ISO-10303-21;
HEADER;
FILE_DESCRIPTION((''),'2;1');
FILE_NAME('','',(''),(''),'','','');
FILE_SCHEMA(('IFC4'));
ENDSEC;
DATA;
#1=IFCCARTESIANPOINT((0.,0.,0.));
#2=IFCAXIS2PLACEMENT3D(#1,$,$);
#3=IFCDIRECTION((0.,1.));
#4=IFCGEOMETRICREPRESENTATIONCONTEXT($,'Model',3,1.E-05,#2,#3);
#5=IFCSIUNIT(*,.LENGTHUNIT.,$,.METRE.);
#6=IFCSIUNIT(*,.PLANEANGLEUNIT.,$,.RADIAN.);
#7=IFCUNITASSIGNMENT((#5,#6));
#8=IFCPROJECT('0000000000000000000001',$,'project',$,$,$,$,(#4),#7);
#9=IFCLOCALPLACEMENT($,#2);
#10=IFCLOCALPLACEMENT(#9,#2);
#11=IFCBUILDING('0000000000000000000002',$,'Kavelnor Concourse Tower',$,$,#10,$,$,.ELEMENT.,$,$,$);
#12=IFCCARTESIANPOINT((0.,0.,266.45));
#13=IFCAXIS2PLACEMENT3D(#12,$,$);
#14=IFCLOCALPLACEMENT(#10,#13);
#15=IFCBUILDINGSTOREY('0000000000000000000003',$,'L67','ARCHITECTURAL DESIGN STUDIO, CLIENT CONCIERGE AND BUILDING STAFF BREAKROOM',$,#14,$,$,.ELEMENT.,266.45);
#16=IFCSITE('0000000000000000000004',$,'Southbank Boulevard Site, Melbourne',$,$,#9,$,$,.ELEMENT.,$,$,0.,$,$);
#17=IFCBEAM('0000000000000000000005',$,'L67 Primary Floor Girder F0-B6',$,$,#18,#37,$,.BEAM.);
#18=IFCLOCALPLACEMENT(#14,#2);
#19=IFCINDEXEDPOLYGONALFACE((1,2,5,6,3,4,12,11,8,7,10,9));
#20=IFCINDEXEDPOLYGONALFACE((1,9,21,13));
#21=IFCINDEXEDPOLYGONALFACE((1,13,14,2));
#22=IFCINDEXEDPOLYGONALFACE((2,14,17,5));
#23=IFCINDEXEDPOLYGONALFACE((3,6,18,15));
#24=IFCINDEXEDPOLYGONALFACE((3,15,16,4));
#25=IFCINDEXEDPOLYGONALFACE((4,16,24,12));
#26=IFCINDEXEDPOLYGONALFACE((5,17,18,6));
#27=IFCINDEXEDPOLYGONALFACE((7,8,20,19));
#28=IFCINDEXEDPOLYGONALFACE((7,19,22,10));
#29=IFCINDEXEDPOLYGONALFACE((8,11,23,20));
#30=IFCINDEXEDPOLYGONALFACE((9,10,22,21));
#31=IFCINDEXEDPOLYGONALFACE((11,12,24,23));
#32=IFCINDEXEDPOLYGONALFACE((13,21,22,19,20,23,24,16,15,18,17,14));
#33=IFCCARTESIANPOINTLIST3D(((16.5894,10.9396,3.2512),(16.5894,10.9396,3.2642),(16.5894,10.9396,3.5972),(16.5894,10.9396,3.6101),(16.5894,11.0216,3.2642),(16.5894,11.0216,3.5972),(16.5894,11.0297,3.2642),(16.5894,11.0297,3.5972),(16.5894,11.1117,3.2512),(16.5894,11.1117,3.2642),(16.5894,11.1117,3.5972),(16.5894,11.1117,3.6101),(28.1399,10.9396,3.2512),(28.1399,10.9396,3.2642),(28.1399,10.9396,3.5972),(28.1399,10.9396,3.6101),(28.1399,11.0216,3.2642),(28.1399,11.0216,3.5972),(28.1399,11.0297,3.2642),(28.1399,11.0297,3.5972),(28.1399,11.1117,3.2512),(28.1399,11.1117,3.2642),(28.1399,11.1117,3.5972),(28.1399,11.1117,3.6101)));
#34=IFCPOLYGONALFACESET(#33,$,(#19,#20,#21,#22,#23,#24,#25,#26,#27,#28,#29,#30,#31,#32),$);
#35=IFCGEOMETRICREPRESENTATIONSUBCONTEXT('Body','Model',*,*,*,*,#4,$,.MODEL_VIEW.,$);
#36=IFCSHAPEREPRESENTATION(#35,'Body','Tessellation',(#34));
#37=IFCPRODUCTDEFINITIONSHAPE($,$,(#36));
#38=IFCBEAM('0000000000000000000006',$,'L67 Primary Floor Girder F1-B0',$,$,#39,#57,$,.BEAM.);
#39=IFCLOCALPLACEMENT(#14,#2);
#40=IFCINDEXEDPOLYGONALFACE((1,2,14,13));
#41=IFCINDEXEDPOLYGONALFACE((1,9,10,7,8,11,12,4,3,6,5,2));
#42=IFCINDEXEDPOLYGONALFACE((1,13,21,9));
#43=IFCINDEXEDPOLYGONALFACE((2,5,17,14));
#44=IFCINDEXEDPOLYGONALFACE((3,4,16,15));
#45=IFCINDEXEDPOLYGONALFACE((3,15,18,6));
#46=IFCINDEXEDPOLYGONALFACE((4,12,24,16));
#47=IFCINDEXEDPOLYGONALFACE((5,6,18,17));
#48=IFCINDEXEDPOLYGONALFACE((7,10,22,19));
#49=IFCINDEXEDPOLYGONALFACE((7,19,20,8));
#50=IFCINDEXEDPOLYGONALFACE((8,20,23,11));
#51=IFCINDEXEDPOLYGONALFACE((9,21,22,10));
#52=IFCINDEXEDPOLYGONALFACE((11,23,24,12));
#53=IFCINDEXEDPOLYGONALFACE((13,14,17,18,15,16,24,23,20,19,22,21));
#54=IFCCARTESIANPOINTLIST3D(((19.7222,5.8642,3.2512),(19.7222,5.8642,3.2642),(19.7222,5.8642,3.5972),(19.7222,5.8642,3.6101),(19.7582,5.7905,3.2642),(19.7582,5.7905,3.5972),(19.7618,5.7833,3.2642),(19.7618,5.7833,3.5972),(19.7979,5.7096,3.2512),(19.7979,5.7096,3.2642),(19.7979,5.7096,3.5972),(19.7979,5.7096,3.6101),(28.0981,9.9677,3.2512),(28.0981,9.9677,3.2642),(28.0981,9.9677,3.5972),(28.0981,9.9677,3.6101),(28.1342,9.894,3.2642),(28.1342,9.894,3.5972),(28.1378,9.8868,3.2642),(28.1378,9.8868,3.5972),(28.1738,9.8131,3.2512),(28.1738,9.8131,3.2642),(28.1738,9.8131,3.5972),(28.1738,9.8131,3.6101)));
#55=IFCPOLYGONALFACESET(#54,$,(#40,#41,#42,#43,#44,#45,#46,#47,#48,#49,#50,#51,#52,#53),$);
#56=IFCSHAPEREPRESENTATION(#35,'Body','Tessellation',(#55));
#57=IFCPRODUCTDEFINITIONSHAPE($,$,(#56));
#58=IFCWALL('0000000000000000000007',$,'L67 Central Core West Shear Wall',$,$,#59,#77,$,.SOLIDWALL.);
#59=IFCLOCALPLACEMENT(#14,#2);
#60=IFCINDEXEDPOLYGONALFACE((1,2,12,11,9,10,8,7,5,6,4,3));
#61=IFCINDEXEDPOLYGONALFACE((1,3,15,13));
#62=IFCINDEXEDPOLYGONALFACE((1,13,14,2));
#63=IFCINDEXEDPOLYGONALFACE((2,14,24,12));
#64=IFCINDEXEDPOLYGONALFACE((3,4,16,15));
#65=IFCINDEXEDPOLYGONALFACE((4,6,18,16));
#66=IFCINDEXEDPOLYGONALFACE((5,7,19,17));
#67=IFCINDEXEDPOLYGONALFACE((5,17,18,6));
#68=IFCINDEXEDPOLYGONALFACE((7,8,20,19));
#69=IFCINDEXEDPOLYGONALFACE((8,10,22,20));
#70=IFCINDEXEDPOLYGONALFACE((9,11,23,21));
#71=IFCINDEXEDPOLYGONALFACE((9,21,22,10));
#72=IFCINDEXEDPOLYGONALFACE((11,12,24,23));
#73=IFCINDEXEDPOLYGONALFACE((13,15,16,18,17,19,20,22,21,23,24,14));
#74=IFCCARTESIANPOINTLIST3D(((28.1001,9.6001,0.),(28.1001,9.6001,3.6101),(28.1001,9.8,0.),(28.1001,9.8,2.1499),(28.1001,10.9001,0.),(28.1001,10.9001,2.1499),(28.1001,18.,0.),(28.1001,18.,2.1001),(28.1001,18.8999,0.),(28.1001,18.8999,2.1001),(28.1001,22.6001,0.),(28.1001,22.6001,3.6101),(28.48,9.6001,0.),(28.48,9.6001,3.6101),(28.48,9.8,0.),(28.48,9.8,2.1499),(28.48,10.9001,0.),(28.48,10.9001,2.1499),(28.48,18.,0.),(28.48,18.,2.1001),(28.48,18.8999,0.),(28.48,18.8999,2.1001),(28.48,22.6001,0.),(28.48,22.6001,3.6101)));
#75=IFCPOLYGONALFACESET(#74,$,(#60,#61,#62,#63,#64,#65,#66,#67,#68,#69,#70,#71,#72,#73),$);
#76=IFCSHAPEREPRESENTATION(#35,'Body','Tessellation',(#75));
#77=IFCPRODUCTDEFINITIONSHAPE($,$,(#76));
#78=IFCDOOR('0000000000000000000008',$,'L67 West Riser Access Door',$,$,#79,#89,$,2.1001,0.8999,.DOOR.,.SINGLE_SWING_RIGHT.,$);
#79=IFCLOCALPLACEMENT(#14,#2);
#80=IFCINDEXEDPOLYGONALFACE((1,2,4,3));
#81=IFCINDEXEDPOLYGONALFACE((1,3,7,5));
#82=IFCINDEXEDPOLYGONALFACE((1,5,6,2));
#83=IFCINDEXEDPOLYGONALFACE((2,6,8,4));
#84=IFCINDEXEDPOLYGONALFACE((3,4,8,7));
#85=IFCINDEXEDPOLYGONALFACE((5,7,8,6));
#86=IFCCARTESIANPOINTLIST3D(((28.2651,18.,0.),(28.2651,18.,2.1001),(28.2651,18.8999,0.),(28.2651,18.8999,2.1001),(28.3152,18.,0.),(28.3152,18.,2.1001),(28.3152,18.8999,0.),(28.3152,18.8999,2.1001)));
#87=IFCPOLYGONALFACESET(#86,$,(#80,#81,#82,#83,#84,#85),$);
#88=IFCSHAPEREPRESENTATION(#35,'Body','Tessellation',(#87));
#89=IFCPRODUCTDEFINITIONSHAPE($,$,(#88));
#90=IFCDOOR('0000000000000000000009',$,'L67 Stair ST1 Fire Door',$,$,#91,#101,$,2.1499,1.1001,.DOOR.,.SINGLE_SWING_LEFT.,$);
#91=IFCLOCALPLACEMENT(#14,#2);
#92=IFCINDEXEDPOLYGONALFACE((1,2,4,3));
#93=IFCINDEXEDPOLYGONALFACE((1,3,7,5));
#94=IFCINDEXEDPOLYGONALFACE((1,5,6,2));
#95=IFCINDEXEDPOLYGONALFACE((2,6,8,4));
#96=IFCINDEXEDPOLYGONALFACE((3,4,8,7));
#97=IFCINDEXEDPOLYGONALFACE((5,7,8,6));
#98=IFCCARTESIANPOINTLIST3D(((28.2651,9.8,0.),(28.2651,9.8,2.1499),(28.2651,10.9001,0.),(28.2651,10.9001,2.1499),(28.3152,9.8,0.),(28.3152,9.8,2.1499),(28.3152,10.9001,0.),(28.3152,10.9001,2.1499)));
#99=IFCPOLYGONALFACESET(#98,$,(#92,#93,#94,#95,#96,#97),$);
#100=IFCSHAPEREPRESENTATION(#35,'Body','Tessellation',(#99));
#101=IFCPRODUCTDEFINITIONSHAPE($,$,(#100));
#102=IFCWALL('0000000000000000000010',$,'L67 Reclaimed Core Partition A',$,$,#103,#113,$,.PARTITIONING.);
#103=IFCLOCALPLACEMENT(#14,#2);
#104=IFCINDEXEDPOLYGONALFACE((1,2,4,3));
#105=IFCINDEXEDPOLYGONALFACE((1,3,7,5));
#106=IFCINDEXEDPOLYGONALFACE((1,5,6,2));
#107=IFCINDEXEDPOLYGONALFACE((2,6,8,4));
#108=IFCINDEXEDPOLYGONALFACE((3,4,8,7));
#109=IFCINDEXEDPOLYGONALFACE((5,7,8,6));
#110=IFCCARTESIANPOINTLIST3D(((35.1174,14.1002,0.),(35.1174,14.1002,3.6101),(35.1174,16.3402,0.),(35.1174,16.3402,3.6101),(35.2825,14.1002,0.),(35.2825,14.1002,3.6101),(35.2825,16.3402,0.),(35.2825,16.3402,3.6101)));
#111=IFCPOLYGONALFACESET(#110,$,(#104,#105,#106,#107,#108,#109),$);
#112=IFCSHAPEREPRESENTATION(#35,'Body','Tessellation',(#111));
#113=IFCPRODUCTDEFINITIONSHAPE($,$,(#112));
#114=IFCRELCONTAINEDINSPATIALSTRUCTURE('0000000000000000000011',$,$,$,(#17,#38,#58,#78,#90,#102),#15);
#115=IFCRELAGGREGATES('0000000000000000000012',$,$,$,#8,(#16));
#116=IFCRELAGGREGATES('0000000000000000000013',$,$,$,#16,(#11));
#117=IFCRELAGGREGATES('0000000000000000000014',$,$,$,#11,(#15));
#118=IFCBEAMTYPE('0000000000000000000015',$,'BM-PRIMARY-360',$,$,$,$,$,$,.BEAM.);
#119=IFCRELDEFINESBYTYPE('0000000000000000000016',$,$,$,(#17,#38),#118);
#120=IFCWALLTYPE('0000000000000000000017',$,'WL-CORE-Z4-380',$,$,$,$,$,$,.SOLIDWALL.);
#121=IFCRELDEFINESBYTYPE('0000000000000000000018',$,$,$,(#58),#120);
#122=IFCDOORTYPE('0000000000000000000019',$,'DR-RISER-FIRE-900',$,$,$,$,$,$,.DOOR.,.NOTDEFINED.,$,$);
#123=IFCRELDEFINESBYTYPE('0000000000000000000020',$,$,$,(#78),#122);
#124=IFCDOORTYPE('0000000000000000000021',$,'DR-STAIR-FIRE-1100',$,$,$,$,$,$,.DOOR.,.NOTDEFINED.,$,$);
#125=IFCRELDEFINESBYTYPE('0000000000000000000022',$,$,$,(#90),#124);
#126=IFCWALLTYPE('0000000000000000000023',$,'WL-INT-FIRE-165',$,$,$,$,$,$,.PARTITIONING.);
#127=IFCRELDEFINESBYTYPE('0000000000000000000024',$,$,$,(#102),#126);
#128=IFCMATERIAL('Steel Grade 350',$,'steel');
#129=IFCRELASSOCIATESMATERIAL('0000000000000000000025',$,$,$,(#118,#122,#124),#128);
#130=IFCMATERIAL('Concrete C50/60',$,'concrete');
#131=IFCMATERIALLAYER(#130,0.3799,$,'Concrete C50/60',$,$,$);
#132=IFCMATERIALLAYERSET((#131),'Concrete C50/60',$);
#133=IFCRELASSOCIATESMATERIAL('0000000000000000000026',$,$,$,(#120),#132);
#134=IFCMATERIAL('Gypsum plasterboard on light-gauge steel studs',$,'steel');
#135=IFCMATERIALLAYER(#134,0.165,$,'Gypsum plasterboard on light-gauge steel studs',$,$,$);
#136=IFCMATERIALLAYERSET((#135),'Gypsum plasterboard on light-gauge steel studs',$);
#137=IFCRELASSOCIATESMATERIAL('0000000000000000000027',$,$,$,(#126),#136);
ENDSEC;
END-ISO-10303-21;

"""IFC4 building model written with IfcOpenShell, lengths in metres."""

from ifc_helpers import new_model, si_unit, direction, frame, frame_2d, origin, origin_2d, place, context, subcontext, project, spatial, rectangle, i_section, extrude, material, layer, layer_set, material_profile, profile_set, type_object, element, fill, save


model = new_model("IFC4")

# Units and contexts
model_context = context("Model", 3, precision=1e-05, world=origin(), true_north=direction((0.0, 1.0)))
body_context = subcontext(model_context, "Body", "Model", "MODEL_VIEW")
ifc_project = project(units=[si_unit("LENGTHUNIT", "METRE"), si_unit("PLANEANGLEUNIT", "RADIAN")], contexts=[model_context])

# Site, building, storey
site_placement = place(None, origin())
site = spatial("IfcSite", under=ifc_project, at=site_placement, Name="Southbank Boulevard Site, Melbourne", CompositionType="ELEMENT", RefElevation=0.0)
building_placement = place(site_placement, origin())
building = spatial("IfcBuilding", under=site, at=building_placement, Name="Kavelnor Concourse Tower", CompositionType="ELEMENT")
storey_placement = place(building_placement, frame((0.0, 0.0, 266.45)))
storey = spatial("IfcBuildingStorey", under=building, at=storey_placement, Name="L67", Description="ARCHITECTURAL DESIGN STUDIO, CLIENT CONCIERGE AND BUILDING STAFF BREAKROOM", CompositionType="ELEMENT", Elevation=266.45)

# Beams
ifc_material_1 = material(Name="Steel Grade 350", Category="steel")
ifc_material_profile = material_profile(ifc_material_1, i_section(OverallWidth=0.1721, OverallDepth=0.3589, WebThickness=0.0081, FlangeThickness=0.0129, at=origin_2d()), Name="360UB56")
ifc_profile_set = profile_set([ifc_material_profile], Name="Steel Grade 350")
beam_type = type_object("IfcBeamType", Name="BM-PRIMARY-360", PredefinedType="BEAM", material=ifc_profile_set)
beam_1_placement = place(storey_placement, frame((28.1399, 11.0256, 3.4307), z_axis=(-1.0, 0.0, 0.0), x_axis=(0.0, -1.0, 0.0)))
element("IfcBeam", 1, at=beam_1_placement, inside=storey, type_object=beam_type, Name="L67 Primary Floor Girder F0-B6", PredefinedType="BEAM", context=body_context, shape_type="SweptSolid", body=[
    extrude(i_section(OverallWidth=0.1721, OverallDepth=0.3589, WebThickness=0.0081, FlangeThickness=0.0129, at=origin_2d()), origin(), (0.0, 0.0, 1.0), 11.5505),
])
beam_2_placement = place(storey_placement, frame((28.136, 9.8904, 3.4307), z_axis=(-0.89802, -0.439954, 0.0), x_axis=(0.439954, -0.89802, 0.0)))
element("IfcBeam", 2, at=beam_2_placement, inside=storey, type_object=beam_type, Name="L67 Primary Floor Girder F1-B0", PredefinedType="BEAM", context=body_context, shape_type="SweptSolid", body=[
    extrude(i_section(OverallWidth=0.1721, OverallDepth=0.3589, WebThickness=0.0081, FlangeThickness=0.0129, at=origin_2d()), origin(), (0.0, 0.0, 1.0), 9.3271),
])

# Wall, openings, doors
ifc_material_2 = material(Name="Concrete C50/60", Category="concrete")
ifc_layer_1 = layer(ifc_material_2, 0.3799, Name="Concrete C50/60")
ifc_layer_set_1 = layer_set([ifc_layer_1], Name="Concrete C50/60")
wall_type_1 = type_object("IfcWallType", Name="WL-CORE-Z4-380", PredefinedType="SOLIDWALL", material=ifc_layer_set_1)
wall_1_placement = place(storey_placement, frame((28.29, 9.6001, 0.0), z_axis=(0.0, 0.0, 1.0), x_axis=(0.0, 1.0, 0.0)))
wall_1 = element("IfcWall", 3, at=wall_1_placement, inside=storey, type_object=wall_type_1, Name="L67 Central Core West Shear Wall", PredefinedType="SOLIDWALL", context=body_context, shape_type="SweptSolid", body=[
    extrude(rectangle(XDim=13.0, YDim=0.3799, at=frame_2d((6.5, 0.0))), origin(), (0.0, 0.0, 1.0), 3.6101),
])
opening_1_placement = place(wall_1_placement, frame((0.2, 0.0, 0.0)))
opening_1 = element("IfcOpeningElement", 4, at=opening_1_placement, cuts=wall_1, PredefinedType="OPENING", context=body_context, shape_type="SweptSolid", body=[
    extrude(rectangle(XDim=1.1001, YDim=2.1499, at=frame_2d((0.55, 1.075))), frame((0.0, 0.2, 0.0), z_axis=(0.0, -1.0, 0.0), x_axis=(1.0, 0.0, 0.0)), (0.0, 0.0, 1.0), 0.3999),
])
opening_2_placement = place(wall_1_placement, frame((8.3999, 0.0, 0.0)))
opening_2 = element("IfcOpeningElement", 5, at=opening_2_placement, cuts=wall_1, PredefinedType="OPENING", context=body_context, shape_type="SweptSolid", body=[
    extrude(rectangle(XDim=0.8999, YDim=2.1001, at=frame_2d((0.45, 1.05))), frame((0.0, 0.2, 0.0), z_axis=(0.0, -1.0, 0.0), x_axis=(1.0, 0.0, 0.0)), (0.0, 0.0, 1.0), 0.3999),
])
door_type_1 = type_object("IfcDoorType", Name="DR-RISER-FIRE-900", OperationType="NOTDEFINED", PredefinedType="DOOR", material=ifc_material_1)
door_1_placement = place(opening_2_placement, origin())
door_1 = element("IfcDoor", 6, at=door_1_placement, inside=storey, type_object=door_type_1, Name="L67 West Riser Access Door", OperationType="SINGLE_SWING_RIGHT", OverallHeight=2.1001, OverallWidth=0.8999, PredefinedType="DOOR", context=body_context, shape_type="SweptSolid", body=[
    extrude(rectangle(XDim=0.8999, YDim=2.1001, at=frame_2d((0.45, 1.05))), frame((0.0, 0.0249, 0.0), z_axis=(0.0, -1.0, 0.0), x_axis=(1.0, 0.0, 0.0)), (0.0, 0.0, 1.0), 0.05),
])
fill(opening_2, door_1)
door_type_2 = type_object("IfcDoorType", Name="DR-STAIR-FIRE-1100", OperationType="NOTDEFINED", PredefinedType="DOOR", material=ifc_material_1)
door_2_placement = place(opening_1_placement, origin())
door_2 = element("IfcDoor", 7, at=door_2_placement, inside=storey, type_object=door_type_2, Name="L67 Stair ST1 Fire Door", OperationType="SINGLE_SWING_LEFT", OverallHeight=2.1499, OverallWidth=1.1001, PredefinedType="DOOR", context=body_context, shape_type="SweptSolid", body=[
    extrude(rectangle(XDim=1.1001, YDim=2.1499, at=frame_2d((0.55, 1.075))), frame((0.0, 0.0249, 0.0), z_axis=(0.0, -1.0, 0.0), x_axis=(1.0, 0.0, 0.0)), (0.0, 0.0, 1.0), 0.05),
])
fill(opening_1, door_2)

# Wall
ifc_material_3 = material(Name="Gypsum plasterboard on light-gauge steel studs", Category="steel")
ifc_layer_2 = layer(ifc_material_3, 0.165, Name="Gypsum plasterboard on light-gauge steel studs")
ifc_layer_set_2 = layer_set([ifc_layer_2], Name="Gypsum plasterboard on light-gauge steel studs")
wall_type_2 = type_object("IfcWallType", Name="WL-INT-FIRE-165", PredefinedType="PARTITIONING", material=ifc_layer_set_2)
wall_2_placement = place(storey_placement, frame((35.2, 14.1001, 0.0), z_axis=(0.0, 0.0, 1.0), x_axis=(0.0, 1.0, 0.0)))
element("IfcWall", 8, at=wall_2_placement, inside=storey, type_object=wall_type_2, Name="L67 Reclaimed Core Partition A", PredefinedType="PARTITIONING", context=body_context, shape_type="SweptSolid", body=[
    extrude(rectangle(XDim=2.24, YDim=0.165, at=frame_2d((1.1201, 0.0))), origin(), (0.0, 0.0, 1.0), 3.6101),
])

save(model, "model.ifc")
